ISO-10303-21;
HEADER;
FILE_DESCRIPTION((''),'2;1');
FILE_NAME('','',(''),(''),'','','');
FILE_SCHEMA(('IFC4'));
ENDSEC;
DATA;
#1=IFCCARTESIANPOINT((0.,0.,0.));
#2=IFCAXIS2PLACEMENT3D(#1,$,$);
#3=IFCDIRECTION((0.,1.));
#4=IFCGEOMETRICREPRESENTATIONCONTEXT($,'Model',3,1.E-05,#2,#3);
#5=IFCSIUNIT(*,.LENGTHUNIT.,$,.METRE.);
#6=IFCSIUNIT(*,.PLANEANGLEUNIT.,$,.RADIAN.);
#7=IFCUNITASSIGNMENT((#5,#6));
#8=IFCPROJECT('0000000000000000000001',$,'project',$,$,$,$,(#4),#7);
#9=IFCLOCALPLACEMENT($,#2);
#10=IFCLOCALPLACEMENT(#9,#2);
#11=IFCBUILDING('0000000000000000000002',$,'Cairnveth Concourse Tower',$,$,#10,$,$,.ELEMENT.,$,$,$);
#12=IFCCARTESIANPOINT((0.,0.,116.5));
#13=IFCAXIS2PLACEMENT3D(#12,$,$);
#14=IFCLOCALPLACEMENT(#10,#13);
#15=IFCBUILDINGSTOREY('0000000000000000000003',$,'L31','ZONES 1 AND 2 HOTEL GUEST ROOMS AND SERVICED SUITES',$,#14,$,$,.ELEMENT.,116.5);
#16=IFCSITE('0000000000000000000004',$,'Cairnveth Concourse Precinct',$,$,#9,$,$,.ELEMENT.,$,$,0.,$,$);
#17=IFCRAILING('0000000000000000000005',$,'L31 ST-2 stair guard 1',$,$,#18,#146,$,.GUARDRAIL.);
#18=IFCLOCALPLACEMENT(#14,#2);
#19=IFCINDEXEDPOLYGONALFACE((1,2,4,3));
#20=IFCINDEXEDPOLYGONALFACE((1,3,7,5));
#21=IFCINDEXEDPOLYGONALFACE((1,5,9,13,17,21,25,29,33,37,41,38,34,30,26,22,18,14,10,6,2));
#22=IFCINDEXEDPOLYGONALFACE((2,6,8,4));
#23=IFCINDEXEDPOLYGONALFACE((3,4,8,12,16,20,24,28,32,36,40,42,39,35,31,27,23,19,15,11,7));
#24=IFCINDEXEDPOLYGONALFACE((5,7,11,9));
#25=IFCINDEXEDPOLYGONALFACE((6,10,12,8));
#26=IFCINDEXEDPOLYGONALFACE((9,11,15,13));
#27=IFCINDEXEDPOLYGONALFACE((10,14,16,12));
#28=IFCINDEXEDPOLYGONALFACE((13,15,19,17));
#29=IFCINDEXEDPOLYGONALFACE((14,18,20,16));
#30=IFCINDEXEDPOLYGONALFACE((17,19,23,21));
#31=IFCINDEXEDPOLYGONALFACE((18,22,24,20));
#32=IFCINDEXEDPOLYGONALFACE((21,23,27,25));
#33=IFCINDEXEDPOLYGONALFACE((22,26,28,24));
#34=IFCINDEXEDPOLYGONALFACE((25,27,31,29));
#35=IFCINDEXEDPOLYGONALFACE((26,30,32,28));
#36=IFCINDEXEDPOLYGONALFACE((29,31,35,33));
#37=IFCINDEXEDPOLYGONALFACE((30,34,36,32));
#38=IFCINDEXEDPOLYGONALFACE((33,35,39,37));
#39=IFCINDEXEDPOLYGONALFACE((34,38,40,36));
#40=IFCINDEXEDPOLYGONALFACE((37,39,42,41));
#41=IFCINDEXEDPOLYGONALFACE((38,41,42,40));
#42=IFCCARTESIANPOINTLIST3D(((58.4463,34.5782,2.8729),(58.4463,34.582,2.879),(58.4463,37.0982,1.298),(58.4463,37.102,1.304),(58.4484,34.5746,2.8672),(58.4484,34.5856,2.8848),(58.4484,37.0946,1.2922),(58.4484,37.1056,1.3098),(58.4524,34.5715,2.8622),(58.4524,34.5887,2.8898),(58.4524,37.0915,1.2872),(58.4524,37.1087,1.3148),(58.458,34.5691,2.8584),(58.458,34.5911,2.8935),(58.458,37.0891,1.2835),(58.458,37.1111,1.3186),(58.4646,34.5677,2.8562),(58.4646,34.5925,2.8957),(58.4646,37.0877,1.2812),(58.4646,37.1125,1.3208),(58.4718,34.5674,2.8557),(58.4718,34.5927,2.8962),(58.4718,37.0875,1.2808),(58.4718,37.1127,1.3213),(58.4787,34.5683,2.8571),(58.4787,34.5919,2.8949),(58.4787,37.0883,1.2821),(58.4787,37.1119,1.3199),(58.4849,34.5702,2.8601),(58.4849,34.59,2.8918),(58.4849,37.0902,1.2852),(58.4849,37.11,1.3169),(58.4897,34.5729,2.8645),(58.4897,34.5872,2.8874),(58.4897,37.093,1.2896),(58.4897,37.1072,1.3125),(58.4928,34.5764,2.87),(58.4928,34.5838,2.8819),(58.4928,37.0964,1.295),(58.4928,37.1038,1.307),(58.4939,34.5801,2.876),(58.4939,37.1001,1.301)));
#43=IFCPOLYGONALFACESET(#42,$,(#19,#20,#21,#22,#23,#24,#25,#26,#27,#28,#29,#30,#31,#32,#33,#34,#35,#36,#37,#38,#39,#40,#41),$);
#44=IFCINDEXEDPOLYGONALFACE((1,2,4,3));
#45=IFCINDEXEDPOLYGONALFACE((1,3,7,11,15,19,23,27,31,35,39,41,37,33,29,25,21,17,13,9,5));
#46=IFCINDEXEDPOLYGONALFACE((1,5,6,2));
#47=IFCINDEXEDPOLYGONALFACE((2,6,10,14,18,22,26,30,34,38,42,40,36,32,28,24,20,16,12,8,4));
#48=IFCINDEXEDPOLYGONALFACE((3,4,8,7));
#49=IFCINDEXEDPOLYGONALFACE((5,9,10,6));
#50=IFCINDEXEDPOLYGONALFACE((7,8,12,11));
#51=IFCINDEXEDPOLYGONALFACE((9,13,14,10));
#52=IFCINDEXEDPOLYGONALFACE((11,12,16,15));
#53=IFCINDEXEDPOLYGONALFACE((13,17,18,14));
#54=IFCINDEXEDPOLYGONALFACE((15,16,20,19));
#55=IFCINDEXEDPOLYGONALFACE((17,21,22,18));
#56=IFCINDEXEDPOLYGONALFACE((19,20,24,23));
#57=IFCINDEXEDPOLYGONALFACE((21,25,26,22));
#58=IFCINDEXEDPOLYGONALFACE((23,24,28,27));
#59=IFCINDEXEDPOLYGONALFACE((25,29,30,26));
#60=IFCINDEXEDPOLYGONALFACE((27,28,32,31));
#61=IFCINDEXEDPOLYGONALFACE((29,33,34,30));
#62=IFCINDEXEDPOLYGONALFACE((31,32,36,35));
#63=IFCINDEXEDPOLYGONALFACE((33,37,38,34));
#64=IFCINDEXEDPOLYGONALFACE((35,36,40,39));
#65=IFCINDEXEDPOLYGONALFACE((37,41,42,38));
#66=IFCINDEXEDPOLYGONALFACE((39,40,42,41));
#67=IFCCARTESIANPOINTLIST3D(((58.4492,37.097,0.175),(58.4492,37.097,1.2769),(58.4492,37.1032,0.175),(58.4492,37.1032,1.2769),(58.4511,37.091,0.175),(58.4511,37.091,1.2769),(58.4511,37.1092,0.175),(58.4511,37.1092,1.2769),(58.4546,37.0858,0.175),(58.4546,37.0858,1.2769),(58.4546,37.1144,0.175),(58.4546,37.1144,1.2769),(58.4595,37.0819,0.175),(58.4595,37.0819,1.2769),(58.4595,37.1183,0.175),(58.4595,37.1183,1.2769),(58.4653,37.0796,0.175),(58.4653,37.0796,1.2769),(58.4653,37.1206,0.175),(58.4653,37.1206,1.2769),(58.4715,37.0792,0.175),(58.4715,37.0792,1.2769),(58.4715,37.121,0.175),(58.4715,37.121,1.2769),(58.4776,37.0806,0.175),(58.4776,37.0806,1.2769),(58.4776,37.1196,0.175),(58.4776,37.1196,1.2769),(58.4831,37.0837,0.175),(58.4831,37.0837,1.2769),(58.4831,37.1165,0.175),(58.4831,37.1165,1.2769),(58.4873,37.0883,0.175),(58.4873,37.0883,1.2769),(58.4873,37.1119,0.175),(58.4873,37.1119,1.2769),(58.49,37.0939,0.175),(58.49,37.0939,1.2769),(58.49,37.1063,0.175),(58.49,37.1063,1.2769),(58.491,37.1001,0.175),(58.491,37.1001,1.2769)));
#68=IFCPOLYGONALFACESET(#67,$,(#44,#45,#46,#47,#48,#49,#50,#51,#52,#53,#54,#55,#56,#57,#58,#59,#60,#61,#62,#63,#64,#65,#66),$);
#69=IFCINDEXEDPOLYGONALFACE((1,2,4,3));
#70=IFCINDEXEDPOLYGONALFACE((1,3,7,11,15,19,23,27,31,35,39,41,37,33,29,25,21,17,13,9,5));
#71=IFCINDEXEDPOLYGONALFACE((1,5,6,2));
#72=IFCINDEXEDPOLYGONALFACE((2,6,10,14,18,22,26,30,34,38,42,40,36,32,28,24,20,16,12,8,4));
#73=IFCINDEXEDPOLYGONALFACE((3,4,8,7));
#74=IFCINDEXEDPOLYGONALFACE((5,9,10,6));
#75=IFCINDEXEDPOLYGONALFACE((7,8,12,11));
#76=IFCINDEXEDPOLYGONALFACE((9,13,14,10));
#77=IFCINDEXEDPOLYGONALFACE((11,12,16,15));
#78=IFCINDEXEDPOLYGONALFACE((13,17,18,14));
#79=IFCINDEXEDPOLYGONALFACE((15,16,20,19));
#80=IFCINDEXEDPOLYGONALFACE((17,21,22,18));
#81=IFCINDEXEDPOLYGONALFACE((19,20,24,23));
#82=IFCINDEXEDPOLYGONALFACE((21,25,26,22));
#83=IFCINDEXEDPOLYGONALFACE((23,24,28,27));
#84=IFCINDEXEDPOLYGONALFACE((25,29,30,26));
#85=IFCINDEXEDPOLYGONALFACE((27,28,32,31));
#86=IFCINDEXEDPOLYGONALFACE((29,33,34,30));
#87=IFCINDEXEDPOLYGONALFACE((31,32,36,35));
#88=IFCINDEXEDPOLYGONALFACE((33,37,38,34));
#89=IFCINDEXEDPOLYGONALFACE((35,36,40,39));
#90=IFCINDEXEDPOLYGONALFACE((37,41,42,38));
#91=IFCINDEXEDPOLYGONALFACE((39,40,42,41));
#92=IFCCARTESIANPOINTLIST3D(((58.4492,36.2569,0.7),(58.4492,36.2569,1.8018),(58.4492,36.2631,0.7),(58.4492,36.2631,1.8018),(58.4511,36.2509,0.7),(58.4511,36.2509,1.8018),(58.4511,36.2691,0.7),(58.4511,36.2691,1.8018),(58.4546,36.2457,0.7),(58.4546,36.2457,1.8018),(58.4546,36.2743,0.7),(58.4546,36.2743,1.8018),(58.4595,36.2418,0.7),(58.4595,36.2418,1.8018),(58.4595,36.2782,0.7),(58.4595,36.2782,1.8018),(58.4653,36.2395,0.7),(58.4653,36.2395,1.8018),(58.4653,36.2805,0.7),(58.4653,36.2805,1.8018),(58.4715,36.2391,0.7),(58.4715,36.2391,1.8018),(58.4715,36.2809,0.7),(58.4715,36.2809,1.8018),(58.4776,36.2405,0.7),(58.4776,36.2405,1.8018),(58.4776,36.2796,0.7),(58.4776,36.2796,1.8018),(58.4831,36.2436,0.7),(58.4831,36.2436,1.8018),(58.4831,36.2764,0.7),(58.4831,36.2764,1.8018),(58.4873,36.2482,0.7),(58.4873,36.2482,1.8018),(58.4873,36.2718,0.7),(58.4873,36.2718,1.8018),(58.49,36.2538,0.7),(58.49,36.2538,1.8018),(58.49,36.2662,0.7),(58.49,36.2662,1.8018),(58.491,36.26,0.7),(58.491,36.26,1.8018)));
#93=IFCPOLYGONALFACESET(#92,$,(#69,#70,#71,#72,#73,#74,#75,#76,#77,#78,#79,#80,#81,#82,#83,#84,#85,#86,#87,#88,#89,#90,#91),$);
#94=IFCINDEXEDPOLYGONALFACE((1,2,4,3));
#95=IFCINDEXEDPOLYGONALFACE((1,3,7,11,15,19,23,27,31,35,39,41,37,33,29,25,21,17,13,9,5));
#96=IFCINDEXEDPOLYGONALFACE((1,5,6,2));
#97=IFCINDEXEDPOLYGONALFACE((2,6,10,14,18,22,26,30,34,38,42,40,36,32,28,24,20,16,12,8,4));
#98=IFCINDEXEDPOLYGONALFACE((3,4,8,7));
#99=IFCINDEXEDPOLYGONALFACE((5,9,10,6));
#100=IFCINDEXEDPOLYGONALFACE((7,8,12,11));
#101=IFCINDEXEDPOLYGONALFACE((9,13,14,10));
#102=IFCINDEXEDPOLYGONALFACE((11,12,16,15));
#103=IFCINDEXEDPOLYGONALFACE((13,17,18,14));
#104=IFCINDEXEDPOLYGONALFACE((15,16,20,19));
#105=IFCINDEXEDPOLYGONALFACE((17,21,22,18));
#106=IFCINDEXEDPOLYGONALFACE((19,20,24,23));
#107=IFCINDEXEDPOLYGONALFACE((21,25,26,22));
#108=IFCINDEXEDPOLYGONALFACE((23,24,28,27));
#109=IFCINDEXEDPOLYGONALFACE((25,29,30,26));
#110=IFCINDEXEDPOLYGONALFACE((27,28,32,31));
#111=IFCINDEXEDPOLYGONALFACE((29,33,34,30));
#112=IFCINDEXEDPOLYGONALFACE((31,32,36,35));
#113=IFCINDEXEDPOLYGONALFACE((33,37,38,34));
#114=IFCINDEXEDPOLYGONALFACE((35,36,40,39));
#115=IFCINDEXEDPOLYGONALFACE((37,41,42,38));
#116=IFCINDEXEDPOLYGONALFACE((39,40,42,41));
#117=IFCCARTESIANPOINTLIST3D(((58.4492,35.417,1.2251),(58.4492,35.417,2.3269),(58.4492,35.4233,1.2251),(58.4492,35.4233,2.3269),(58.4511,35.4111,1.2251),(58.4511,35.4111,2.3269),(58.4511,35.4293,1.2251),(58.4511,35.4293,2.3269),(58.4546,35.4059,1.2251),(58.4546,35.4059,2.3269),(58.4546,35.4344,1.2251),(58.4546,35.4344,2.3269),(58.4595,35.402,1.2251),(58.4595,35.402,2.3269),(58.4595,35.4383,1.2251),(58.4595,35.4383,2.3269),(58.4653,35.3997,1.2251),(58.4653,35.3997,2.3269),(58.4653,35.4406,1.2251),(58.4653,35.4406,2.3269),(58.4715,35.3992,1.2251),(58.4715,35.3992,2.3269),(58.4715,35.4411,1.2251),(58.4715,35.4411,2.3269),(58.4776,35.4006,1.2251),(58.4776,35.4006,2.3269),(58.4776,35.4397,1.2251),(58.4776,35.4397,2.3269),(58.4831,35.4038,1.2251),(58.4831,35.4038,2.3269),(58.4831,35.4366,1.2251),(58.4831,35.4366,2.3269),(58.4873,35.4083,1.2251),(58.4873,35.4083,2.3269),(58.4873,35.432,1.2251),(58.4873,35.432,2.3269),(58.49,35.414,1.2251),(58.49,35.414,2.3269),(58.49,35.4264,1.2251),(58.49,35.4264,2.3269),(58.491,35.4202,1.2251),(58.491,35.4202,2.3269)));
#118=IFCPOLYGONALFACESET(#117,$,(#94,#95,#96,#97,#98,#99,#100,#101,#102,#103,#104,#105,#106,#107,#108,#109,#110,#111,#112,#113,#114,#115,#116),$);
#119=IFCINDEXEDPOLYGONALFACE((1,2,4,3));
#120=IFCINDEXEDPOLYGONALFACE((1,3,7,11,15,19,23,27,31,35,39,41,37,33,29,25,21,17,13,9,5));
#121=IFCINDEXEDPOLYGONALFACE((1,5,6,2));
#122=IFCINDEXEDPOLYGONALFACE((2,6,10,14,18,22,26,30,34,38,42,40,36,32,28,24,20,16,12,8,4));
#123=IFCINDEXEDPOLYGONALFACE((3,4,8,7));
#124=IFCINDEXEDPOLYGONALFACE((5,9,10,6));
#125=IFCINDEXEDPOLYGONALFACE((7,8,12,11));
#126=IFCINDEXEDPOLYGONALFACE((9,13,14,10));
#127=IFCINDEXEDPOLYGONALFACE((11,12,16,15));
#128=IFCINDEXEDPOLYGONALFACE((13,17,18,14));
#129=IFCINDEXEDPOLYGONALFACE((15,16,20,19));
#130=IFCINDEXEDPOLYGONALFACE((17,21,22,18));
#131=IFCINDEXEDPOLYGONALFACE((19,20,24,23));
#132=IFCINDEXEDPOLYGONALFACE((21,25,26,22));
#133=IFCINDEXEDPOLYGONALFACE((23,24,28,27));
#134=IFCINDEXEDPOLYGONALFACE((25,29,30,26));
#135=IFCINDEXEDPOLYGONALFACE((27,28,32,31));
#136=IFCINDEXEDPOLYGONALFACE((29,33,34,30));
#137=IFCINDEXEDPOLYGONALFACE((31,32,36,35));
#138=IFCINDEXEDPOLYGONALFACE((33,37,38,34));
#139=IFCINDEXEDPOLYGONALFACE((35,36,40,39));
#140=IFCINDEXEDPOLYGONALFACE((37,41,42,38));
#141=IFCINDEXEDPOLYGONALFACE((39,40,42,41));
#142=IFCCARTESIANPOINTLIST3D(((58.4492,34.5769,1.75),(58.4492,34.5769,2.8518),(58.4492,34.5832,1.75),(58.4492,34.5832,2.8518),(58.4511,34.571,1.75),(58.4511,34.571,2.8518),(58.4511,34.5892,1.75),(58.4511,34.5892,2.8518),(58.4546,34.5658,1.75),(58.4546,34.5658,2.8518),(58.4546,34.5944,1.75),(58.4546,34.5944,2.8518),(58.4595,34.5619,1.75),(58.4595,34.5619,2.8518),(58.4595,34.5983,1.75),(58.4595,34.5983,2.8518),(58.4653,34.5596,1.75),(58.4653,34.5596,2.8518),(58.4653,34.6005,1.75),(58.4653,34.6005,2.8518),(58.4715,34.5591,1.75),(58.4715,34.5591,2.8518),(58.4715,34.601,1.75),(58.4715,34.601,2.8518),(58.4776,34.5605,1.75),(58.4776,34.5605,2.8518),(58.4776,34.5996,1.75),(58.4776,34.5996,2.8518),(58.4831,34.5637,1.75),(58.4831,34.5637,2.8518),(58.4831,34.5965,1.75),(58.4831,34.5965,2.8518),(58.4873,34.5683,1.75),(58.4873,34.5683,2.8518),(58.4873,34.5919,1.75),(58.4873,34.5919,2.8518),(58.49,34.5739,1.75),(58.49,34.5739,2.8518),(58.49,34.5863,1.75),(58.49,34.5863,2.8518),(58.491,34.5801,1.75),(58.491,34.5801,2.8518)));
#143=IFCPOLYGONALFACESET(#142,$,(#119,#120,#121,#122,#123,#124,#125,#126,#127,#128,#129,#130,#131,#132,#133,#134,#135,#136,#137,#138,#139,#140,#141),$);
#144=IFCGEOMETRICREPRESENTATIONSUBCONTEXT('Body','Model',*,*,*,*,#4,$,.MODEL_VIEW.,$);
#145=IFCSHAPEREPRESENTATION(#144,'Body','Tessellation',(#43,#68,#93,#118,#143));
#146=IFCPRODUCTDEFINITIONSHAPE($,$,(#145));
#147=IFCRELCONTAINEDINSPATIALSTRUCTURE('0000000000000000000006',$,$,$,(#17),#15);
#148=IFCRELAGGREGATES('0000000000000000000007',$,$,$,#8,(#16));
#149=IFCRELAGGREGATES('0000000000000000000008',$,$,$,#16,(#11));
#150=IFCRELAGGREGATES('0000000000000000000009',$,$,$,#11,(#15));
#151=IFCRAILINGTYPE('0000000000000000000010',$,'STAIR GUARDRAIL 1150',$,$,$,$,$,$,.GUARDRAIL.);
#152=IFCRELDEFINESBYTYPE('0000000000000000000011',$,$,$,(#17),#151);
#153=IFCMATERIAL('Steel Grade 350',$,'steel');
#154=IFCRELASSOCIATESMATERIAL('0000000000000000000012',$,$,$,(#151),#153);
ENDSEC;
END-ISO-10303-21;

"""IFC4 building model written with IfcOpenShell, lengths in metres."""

from ifc_helpers import new_model, si_unit, direction, frame, origin, origin_2d, place, context, subcontext, project, spatial, circle, extrude, material, type_object, element, save


model = new_model("IFC4")

# Units and contexts
model_context = context("Model", 3, precision=1e-05, world=origin(), true_north=direction((0.0, 1.0)))
body_context = subcontext(model_context, "Body", "Model", "MODEL_VIEW")
ifc_project = project(units=[si_unit("LENGTHUNIT", "METRE"), si_unit("PLANEANGLEUNIT", "RADIAN")], contexts=[model_context])

# Site, building, storey
site_placement = place(None, origin())
site = spatial("IfcSite", under=ifc_project, at=site_placement, Name="Cairnveth Concourse Precinct", CompositionType="ELEMENT", RefElevation=0.0)
building_placement = place(site_placement, origin())
building = spatial("IfcBuilding", under=site, at=building_placement, Name="Cairnveth Concourse Tower", CompositionType="ELEMENT")
storey_placement = place(building_placement, frame((0.0, 0.0, 116.5)))
storey = spatial("IfcBuildingStorey", under=building, at=storey_placement, Name="L31", Description="ZONES 1 AND 2 HOTEL GUEST ROOMS AND SERVICED SUITES", CompositionType="ELEMENT", Elevation=116.5)

# Shared definitions
ifc_material_1 = material(Name="Steel Grade 350", Category="steel")

# Railing
railing_type_1 = type_object("IfcRailingType", Name="STAIR GUARDRAIL 1150", PredefinedType="GUARDRAIL", material=ifc_material_1)
railing_1_placement = place(storey_placement, frame((58.47, 37.1001, 0.175)))
element("IfcRailing", 1, at=railing_1_placement, inside=storey, type_object=railing_type_1, Name="L31 ST-2 stair guard 1", PredefinedType="GUARDRAIL", context=body_context, shape_type="SweptSolid", body=[
    extrude(circle(Radius=0.0239, at=origin_2d()), frame((0.0, 0.0, 1.126), z_axis=(0.0, -0.848008, 0.529984), x_axis=(1.0, 0.0, 0.0)), (0.0, 0.0, 1.0), 2.9717),
    extrude(circle(Radius=0.021, at=origin_2d()), origin(), (0.0, 0.0, 1.0), 1.1018),
    extrude(circle(Radius=0.021, at=origin_2d()), frame((0.0, -0.8401, 0.5249)), (0.0, 0.0, 1.0), 1.1018),
    extrude(circle(Radius=0.021, at=origin_2d()), frame((0.0, -1.6799, 1.05)), (0.0, 0.0, 1.0), 1.1018),
    extrude(circle(Radius=0.021, at=origin_2d()), frame((0.0, -2.52, 1.575)), (0.0, 0.0, 1.0), 1.1018),
])

save(model, "model.ifc")
